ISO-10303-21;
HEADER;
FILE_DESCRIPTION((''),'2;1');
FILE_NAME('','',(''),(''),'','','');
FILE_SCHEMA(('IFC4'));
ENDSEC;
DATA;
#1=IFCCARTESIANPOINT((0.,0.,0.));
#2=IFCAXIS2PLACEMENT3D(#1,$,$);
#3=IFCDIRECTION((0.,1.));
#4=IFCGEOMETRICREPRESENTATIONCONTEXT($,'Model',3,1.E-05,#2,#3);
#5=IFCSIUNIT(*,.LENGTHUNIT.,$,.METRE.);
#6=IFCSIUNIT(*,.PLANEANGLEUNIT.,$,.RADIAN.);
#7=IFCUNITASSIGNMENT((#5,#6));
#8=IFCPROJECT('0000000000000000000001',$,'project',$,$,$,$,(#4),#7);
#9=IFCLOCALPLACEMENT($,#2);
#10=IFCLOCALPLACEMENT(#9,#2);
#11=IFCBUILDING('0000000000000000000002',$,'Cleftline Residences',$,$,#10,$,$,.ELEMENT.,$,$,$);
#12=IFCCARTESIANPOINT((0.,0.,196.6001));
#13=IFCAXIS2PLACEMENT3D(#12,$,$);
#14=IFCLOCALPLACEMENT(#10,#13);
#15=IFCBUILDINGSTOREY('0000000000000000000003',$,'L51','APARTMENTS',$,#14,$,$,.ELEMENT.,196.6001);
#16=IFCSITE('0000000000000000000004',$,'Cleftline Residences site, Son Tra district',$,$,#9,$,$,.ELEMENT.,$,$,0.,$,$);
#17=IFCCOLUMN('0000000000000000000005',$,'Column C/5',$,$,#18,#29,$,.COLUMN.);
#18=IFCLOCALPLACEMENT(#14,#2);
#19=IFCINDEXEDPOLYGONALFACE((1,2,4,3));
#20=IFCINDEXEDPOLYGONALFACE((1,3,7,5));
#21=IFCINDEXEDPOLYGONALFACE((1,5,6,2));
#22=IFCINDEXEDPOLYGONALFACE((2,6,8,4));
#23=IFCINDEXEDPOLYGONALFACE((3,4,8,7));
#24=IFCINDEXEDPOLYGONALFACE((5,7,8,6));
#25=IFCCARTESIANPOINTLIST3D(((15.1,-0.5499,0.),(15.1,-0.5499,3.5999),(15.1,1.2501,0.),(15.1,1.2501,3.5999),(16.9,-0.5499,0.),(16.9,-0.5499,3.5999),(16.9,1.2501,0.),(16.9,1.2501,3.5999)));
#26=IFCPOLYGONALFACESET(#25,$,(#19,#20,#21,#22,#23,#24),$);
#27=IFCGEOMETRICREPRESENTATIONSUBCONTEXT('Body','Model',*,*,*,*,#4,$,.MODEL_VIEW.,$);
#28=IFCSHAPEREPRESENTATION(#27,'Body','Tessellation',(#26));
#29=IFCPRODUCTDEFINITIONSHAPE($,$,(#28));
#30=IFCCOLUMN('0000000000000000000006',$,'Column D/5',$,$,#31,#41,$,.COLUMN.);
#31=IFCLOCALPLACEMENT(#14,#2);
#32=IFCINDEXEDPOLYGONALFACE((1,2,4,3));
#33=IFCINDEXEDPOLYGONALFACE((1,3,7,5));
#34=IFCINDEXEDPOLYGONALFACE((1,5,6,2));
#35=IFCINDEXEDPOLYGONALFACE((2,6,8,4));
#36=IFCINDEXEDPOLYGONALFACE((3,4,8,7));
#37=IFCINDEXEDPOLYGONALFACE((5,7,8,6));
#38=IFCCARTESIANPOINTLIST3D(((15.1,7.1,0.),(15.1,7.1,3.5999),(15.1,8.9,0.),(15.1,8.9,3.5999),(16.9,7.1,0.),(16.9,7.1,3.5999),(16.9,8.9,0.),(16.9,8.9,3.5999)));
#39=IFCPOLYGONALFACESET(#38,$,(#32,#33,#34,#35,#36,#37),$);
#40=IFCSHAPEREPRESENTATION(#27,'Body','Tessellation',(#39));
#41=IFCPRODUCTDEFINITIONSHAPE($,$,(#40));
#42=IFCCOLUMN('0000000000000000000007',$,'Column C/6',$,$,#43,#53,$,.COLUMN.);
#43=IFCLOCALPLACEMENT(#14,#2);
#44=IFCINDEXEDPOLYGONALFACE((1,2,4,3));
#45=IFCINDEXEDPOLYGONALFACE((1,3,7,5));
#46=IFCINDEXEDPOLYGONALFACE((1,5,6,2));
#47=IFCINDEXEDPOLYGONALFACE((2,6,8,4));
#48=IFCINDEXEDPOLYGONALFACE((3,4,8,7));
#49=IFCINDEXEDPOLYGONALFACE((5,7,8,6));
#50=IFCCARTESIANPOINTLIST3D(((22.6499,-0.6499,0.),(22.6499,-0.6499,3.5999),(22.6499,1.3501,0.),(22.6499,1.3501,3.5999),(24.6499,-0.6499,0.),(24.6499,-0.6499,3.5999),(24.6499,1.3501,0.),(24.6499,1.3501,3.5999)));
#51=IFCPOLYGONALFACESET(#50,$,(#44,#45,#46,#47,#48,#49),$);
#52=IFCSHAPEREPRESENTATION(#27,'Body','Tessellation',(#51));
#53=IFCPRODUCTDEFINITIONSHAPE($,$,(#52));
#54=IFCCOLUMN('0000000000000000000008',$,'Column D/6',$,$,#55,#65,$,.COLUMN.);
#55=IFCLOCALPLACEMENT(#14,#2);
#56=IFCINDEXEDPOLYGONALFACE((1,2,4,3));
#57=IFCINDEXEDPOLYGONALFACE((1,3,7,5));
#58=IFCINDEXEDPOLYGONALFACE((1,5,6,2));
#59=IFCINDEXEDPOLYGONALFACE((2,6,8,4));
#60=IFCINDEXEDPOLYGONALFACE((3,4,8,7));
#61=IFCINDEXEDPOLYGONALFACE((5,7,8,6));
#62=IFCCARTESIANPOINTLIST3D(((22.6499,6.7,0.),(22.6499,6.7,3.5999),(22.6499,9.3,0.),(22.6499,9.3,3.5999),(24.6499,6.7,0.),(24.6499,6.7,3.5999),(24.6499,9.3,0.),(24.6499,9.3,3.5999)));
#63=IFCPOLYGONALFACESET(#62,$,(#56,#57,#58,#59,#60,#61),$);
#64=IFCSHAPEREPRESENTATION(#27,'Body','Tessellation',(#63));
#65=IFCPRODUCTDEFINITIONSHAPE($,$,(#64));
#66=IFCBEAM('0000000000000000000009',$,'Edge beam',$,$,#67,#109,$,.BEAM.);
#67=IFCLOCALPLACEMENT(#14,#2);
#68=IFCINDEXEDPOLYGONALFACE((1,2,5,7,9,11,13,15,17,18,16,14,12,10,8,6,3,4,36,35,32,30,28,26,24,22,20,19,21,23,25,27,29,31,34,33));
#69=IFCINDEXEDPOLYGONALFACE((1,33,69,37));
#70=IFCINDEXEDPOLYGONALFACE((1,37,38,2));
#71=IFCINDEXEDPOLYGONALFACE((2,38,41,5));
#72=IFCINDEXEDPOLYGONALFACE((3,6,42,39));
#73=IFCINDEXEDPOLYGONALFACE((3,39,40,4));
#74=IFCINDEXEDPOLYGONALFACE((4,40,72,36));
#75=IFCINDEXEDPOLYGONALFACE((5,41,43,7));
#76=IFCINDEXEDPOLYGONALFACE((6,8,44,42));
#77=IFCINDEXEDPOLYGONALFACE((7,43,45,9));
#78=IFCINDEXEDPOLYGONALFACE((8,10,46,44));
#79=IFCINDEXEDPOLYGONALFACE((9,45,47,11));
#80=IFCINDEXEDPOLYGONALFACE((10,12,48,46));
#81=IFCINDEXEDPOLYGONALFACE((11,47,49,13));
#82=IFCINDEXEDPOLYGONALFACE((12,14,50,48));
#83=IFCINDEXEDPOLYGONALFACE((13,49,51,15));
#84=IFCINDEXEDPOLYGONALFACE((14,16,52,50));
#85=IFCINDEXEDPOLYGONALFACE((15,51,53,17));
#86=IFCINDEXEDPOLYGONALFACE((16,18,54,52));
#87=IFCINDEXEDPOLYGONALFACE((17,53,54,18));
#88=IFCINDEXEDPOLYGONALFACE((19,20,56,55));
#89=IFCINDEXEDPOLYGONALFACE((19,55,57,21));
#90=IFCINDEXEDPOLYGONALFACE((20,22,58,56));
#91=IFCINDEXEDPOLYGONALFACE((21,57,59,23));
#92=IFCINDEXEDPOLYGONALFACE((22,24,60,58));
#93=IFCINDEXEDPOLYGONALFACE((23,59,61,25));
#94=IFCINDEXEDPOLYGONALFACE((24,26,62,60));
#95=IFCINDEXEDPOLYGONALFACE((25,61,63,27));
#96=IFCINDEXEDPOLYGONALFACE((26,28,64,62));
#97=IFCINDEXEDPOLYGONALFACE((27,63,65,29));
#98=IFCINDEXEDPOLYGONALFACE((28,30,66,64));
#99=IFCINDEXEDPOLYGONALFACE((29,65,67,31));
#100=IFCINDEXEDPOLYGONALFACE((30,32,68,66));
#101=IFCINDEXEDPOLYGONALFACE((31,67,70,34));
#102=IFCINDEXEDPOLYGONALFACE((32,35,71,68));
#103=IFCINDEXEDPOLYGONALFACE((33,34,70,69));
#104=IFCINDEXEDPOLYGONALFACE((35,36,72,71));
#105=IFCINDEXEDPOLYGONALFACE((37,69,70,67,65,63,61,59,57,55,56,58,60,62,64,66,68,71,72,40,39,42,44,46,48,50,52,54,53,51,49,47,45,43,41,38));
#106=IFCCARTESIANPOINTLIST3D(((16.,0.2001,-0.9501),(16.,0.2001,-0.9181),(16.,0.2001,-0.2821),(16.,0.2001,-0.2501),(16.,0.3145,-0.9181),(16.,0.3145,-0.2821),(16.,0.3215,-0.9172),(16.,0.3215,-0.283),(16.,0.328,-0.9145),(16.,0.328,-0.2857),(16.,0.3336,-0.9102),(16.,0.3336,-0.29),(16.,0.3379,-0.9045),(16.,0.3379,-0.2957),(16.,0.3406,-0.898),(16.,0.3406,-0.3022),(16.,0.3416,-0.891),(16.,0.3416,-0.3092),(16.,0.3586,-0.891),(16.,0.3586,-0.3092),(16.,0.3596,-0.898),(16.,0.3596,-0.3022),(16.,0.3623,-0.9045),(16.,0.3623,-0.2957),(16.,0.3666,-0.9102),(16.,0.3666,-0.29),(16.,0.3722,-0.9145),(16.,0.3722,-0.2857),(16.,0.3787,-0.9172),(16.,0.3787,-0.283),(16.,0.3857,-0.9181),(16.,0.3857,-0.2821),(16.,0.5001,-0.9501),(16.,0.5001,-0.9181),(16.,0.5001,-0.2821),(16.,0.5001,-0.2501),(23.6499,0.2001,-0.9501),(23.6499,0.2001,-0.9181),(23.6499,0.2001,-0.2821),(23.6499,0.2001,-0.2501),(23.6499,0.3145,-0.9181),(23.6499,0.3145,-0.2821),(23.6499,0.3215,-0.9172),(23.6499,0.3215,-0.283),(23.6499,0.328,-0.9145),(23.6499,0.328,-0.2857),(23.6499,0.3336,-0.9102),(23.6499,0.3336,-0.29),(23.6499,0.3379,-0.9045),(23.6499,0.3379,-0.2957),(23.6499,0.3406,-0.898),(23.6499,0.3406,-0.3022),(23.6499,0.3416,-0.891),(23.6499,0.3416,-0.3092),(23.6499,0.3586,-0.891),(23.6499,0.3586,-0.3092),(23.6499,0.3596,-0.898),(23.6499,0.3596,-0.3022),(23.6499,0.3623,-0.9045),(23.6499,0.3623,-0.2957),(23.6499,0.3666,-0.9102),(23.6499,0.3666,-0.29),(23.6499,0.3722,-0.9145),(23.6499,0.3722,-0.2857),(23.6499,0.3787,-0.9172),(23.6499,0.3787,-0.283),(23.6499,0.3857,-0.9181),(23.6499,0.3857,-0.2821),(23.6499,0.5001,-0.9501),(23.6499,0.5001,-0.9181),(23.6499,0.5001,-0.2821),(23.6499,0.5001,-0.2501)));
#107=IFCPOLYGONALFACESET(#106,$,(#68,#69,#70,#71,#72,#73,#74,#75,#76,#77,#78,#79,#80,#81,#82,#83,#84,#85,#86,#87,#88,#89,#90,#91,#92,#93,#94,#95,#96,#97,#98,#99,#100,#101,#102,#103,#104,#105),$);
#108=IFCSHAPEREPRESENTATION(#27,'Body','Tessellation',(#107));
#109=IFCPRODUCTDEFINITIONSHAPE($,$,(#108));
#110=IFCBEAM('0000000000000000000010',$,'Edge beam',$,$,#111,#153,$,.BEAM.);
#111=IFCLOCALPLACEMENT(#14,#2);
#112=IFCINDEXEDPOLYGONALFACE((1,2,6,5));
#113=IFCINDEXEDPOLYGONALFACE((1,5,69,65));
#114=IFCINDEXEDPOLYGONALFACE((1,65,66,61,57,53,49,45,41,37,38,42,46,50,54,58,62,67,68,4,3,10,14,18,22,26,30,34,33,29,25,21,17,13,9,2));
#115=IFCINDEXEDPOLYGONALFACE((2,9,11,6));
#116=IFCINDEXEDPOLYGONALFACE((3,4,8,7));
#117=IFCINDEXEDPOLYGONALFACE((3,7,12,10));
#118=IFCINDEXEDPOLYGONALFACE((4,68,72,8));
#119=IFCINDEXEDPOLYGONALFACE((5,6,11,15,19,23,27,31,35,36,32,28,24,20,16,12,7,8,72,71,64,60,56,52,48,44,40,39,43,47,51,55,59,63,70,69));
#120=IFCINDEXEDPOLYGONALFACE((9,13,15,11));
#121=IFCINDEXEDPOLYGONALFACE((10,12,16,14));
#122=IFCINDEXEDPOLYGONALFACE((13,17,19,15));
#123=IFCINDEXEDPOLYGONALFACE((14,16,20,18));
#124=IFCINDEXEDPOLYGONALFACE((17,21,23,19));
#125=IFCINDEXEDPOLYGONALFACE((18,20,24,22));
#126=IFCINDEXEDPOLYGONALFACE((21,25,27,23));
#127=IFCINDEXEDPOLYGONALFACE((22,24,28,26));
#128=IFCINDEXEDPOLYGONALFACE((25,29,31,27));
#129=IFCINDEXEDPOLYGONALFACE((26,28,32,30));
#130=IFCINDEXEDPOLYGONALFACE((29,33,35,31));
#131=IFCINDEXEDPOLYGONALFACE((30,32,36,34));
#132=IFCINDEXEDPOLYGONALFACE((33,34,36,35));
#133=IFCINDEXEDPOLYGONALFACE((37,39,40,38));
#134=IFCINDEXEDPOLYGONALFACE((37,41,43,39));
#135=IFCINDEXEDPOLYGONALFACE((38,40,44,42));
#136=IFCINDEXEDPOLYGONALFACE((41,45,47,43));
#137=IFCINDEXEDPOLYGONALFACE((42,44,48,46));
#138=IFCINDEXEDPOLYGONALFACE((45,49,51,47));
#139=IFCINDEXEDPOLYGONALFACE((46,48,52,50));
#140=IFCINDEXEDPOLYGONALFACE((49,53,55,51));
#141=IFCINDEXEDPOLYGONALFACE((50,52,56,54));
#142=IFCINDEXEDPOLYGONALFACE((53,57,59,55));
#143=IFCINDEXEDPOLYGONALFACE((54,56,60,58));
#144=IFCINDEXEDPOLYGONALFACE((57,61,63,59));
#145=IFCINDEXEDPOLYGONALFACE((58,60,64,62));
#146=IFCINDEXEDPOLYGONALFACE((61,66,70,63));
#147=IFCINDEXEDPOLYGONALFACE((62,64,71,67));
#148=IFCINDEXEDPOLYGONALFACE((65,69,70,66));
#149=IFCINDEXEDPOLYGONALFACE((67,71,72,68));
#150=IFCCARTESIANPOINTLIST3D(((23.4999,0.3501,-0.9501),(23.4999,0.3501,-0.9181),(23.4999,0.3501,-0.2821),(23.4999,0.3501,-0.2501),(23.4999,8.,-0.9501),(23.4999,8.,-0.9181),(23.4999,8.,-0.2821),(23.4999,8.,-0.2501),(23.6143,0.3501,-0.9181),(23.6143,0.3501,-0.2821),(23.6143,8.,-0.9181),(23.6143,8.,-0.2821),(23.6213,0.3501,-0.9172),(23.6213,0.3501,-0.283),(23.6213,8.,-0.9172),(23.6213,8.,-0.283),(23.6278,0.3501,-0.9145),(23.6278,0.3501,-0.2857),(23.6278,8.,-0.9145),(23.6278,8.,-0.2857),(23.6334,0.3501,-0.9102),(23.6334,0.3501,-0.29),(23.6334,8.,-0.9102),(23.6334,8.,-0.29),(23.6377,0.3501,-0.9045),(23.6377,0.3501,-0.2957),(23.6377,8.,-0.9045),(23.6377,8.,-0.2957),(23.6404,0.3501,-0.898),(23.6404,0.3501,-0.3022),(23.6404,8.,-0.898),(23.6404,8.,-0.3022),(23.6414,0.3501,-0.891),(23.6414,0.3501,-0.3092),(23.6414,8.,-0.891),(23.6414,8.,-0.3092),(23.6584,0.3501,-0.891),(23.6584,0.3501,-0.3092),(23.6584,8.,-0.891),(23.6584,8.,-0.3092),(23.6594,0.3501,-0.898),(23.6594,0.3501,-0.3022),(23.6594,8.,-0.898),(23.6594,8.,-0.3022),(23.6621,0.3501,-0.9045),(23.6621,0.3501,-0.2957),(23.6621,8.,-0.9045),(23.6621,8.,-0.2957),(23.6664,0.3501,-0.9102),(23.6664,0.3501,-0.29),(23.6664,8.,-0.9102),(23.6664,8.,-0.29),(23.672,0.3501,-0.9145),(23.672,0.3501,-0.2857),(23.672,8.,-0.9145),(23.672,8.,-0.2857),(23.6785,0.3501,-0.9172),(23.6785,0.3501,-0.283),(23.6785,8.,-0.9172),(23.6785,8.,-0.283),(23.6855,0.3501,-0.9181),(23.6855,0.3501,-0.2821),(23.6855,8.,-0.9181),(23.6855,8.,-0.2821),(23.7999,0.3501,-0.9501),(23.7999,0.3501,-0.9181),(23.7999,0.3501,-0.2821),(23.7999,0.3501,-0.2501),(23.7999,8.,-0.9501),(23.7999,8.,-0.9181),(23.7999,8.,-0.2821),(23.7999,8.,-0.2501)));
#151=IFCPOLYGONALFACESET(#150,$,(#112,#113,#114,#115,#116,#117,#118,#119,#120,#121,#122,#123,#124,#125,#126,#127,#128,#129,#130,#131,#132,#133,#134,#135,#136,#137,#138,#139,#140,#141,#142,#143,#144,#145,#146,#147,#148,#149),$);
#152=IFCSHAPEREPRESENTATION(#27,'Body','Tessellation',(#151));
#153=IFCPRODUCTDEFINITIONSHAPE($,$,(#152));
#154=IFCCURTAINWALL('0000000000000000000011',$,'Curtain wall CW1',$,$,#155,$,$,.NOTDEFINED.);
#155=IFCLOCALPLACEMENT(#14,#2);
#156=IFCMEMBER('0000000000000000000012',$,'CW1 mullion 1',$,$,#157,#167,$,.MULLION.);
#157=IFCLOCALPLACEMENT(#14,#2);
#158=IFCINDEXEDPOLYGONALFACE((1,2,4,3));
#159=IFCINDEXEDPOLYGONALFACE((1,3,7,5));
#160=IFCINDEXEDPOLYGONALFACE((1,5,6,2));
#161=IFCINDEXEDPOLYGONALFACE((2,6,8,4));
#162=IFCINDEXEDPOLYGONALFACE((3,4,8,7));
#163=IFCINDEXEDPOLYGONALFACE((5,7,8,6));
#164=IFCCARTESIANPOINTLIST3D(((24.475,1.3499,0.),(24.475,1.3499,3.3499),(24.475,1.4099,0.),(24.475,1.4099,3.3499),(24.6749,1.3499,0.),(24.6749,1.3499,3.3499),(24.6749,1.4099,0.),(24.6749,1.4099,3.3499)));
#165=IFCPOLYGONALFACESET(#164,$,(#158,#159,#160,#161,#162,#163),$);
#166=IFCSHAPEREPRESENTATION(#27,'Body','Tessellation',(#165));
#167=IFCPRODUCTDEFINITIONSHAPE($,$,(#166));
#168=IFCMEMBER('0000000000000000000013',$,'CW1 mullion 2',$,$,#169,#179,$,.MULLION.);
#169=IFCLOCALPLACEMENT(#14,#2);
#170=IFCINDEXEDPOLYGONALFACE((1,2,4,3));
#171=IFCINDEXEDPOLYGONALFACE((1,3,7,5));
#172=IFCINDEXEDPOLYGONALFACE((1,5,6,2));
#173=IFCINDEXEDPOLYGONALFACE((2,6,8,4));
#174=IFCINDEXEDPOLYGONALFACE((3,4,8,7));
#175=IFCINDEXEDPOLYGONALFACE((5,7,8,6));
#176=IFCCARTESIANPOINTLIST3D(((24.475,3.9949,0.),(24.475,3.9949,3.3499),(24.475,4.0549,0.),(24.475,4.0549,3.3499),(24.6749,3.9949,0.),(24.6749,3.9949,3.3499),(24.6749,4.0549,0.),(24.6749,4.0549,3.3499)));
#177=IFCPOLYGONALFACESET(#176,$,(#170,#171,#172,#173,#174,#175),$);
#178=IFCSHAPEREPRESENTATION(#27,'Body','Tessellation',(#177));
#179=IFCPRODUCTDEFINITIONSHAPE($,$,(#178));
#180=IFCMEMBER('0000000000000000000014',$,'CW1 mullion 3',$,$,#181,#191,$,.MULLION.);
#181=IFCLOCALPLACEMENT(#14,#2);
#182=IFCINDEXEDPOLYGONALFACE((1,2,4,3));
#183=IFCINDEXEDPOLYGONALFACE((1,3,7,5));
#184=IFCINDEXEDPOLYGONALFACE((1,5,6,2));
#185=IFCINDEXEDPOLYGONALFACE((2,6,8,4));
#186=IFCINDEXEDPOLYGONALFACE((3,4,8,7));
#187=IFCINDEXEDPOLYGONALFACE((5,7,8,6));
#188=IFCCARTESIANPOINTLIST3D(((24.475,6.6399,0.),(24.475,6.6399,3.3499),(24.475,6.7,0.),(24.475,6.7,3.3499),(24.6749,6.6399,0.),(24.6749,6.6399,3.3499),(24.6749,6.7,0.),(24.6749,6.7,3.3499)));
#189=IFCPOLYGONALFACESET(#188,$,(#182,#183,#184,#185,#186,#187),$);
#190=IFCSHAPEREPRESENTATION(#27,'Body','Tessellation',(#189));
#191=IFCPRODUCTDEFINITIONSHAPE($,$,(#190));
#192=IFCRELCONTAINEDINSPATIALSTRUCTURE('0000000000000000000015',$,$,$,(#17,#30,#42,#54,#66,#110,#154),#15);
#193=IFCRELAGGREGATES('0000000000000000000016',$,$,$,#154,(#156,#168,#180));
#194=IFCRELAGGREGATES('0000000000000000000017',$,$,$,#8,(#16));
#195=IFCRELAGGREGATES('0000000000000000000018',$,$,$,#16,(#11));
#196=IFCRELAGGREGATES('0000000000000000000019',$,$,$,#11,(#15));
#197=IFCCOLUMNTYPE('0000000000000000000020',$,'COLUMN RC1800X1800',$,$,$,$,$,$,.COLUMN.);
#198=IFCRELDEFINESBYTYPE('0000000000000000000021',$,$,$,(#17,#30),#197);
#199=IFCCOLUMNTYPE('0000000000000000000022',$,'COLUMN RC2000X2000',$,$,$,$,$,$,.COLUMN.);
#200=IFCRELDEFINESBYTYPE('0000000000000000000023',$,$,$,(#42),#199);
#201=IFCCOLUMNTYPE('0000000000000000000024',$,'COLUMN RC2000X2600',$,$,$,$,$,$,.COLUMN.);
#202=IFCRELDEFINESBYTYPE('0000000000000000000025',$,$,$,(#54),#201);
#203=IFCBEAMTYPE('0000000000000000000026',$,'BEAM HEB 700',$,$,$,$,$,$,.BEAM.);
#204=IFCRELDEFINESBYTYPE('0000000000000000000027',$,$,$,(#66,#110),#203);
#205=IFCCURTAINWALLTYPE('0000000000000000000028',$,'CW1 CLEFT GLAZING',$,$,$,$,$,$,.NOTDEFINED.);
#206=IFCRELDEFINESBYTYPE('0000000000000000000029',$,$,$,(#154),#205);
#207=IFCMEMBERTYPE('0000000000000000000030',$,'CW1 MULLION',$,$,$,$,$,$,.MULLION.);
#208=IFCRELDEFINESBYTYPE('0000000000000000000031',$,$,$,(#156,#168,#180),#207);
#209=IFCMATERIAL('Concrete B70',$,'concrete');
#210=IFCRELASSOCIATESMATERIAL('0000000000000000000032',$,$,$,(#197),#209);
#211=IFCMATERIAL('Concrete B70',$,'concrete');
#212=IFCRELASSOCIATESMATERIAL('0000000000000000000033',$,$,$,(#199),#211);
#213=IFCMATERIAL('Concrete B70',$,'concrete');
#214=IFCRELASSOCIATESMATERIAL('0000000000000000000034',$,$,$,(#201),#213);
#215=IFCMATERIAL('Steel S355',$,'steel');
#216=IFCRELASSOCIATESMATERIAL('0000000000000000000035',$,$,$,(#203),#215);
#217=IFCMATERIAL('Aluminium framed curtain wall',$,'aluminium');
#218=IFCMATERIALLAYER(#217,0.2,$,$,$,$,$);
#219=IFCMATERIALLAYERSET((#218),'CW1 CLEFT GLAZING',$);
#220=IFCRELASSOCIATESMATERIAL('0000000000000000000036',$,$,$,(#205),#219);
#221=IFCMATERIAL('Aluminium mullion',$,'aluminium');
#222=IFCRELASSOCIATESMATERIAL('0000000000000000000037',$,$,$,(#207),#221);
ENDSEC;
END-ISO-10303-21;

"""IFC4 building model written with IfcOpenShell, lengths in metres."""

from ifc_helpers import new_model, si_unit, direction, frame, origin, origin_2d, place, context, subcontext, project, spatial, rectangle, i_section, extrude, material, layer, layer_set, material_profile, profile_set, type_object, element, aggregate, save


model = new_model("IFC4")

# Units and contexts
model_context = context("Model", 3, precision=1e-05, world=origin(), true_north=direction((0.0, 1.0)))
body_context = subcontext(model_context, "Body", "Model", "MODEL_VIEW")
ifc_project = project(units=[si_unit("LENGTHUNIT", "METRE"), si_unit("PLANEANGLEUNIT", "RADIAN")], contexts=[model_context])

# Site, building, storey
site_placement = place(None, origin())
site = spatial("IfcSite", under=ifc_project, at=site_placement, Name="Cleftline Residences site, Son Tra district", CompositionType="ELEMENT", RefElevation=0.0)
building_placement = place(site_placement, origin())
building = spatial("IfcBuilding", under=site, at=building_placement, Name="Cleftline Residences", CompositionType="ELEMENT")
storey_placement = place(building_placement, frame((0.0, 0.0, 196.6001)))
storey = spatial("IfcBuildingStorey", under=building, at=storey_placement, Name="L51", Description="APARTMENTS", CompositionType="ELEMENT", Elevation=196.6001)

# Columns
ifc_material_1 = material(Name="Concrete B70", Category="concrete")
ifc_material_profile_1 = material_profile(ifc_material_1, rectangle(XDim=1.8, YDim=1.8, at=origin_2d()))
ifc_profile_set_1 = profile_set([ifc_material_profile_1], Name="Concrete B70")
column_type_1 = type_object("IfcColumnType", Name="COLUMN RC1800X1800", PredefinedType="COLUMN", material=ifc_profile_set_1)
for number, where, z_axis, x_axis, name in (
    (1, (16.0, 0.3501, 0.0), (0.0, 0.0, 1.0), (1.0, 0.0, 0.0), "Column C/5"),
    (2, (16.0, 8.0, 0.0), (0.0, 0.0, 1.0), (1.0, 0.0, 0.0), "Column D/5"),
):
    element("IfcColumn", number, at=place(storey_placement, frame(where, z_axis=z_axis, x_axis=x_axis)), inside=storey, type_object=column_type_1, Name=name, PredefinedType="COLUMN", context=body_context, shape_type="SweptSolid", body=[
        extrude(rectangle(XDim=1.8, YDim=1.8, at=origin_2d()), origin(), (0.0, 0.0, 1.0), 3.5999),
    ])
ifc_material_2 = material(Name="Concrete B70", Category="concrete")
ifc_material_profile_2 = material_profile(ifc_material_2, rectangle(XDim=2.0, YDim=2.0, at=origin_2d()))
ifc_profile_set_2 = profile_set([ifc_material_profile_2], Name="Concrete B70")
column_type_2 = type_object("IfcColumnType", Name="COLUMN RC2000X2000", PredefinedType="COLUMN", material=ifc_profile_set_2)
column_1_placement = place(storey_placement, frame((23.6499, 0.3501, 0.0), z_axis=(0.0, 0.0, 1.0), x_axis=(1.0, 0.0, 0.0)))
element("IfcColumn", 3, at=column_1_placement, inside=storey, type_object=column_type_2, Name="Column C/6", PredefinedType="COLUMN", context=body_context, shape_type="SweptSolid", body=[
    extrude(rectangle(XDim=2.0, YDim=2.0, at=origin_2d()), origin(), (0.0, 0.0, 1.0), 3.5999),
])
ifc_material_3 = material(Name="Concrete B70", Category="concrete")
ifc_material_profile_3 = material_profile(ifc_material_3, rectangle(XDim=2.0, YDim=2.6001, at=origin_2d()))
ifc_profile_set_3 = profile_set([ifc_material_profile_3], Name="Concrete B70")
column_type_3 = type_object("IfcColumnType", Name="COLUMN RC2000X2600", PredefinedType="COLUMN", material=ifc_profile_set_3)
column_2_placement = place(storey_placement, frame((23.6499, 8.0, 0.0), z_axis=(0.0, 0.0, 1.0), x_axis=(1.0, 0.0, 0.0)))
element("IfcColumn", 4, at=column_2_placement, inside=storey, type_object=column_type_3, Name="Column D/6", PredefinedType="COLUMN", context=body_context, shape_type="SweptSolid", body=[
    extrude(rectangle(XDim=2.0, YDim=2.6001, at=origin_2d()), origin(), (0.0, 0.0, 1.0), 3.5999),
])

# Beams
ifc_material_4 = material(Name="Steel S355", Category="steel")
ifc_material_profile_4 = material_profile(ifc_material_4, i_section(OverallWidth=0.3, OverallDepth=0.7, WebThickness=0.0171, FlangeThickness=0.032, FilletRadius=0.0271, at=origin_2d()))
ifc_profile_set_4 = profile_set([ifc_material_profile_4], Name="Steel S355")
beam_type = type_object("IfcBeamType", Name="BEAM HEB 700", PredefinedType="BEAM", material=ifc_profile_set_4)
for number, where, z_axis, x_axis, name in (
    (5, (16.0, 0.3501, -0.6001), (1.0, 0.0, 0.0), (0.0, 1.0, 0.0), "Edge beam"),
    (6, (23.6499, 0.3501, -0.6001), (0.0, 1.0, 0.0), (-1.0, 0.0, 0.0), "Edge beam"),
):
    element("IfcBeam", number, at=place(storey_placement, frame(where, z_axis=z_axis, x_axis=x_axis)), inside=storey, type_object=beam_type, Name=name, PredefinedType="BEAM", context=body_context, shape_type="SweptSolid", body=[
        extrude(i_section(OverallWidth=0.3, OverallDepth=0.7, WebThickness=0.0171, FlangeThickness=0.032, FilletRadius=0.0271, at=origin_2d()), origin(), (0.0, 0.0, 1.0), 7.6499),
    ])

# Curtain wall, members
ifc_material_5 = material(Name="Aluminium framed curtain wall", Category="aluminium")
ifc_layer_1 = layer(ifc_material_5, 0.2)
ifc_layer_set_1 = layer_set([ifc_layer_1], Name="CW1 CLEFT GLAZING")
curtain_wall_type = type_object("IfcCurtainWallType", Name="CW1 CLEFT GLAZING", PredefinedType="NOTDEFINED", material=ifc_layer_set_1)
curtain_wall_1_placement = place(storey_placement, origin())
curtain_wall_1 = element("IfcCurtainWall", 7, at=curtain_wall_1_placement, inside=storey, type_object=curtain_wall_type, Name="Curtain wall CW1", PredefinedType="NOTDEFINED")
ifc_material_6 = material(Name="Aluminium mullion", Category="aluminium")
ifc_material_profile_5 = material_profile(ifc_material_6, rectangle(XDim=0.2, YDim=0.0601, at=origin_2d()))
ifc_profile_set_5 = profile_set([ifc_material_profile_5], Name="Aluminium mullion")
member_type_1 = type_object("IfcMemberType", Name="CW1 MULLION", PredefinedType="MULLION", material=ifc_profile_set_5)
member_1_placement = place(storey_placement, frame((24.575, 1.3799, 0.0), z_axis=(0.0, 0.0, 1.0), x_axis=(-1.0, 0.0, 0.0)))
member_1 = element("IfcMember", 8, at=member_1_placement, type_object=member_type_1, Name="CW1 mullion 1", PredefinedType="MULLION", context=body_context, shape_type="SweptSolid", body=[
    extrude(rectangle(XDim=0.2, YDim=0.0601, at=origin_2d()), origin(), (0.0, 0.0, 1.0), 3.3499),
])
member_2_placement = place(storey_placement, frame((24.575, 4.0249, 0.0), z_axis=(0.0, 0.0, 1.0), x_axis=(-1.0, 0.0, 0.0)))
member_2 = element("IfcMember", 9, at=member_2_placement, type_object=member_type_1, Name="CW1 mullion 2", PredefinedType="MULLION", context=body_context, shape_type="SweptSolid", body=[
    extrude(rectangle(XDim=0.2, YDim=0.0601, at=origin_2d()), origin(), (0.0, 0.0, 1.0), 3.3499),
])
member_3_placement = place(storey_placement, frame((24.575, 6.6699, 0.0), z_axis=(0.0, 0.0, 1.0), x_axis=(-1.0, 0.0, 0.0)))
member_3 = element("IfcMember", 10, at=member_3_placement, type_object=member_type_1, Name="CW1 mullion 3", PredefinedType="MULLION", context=body_context, shape_type="SweptSolid", body=[
    extrude(rectangle(XDim=0.2, YDim=0.0601, at=origin_2d()), origin(), (0.0, 0.0, 1.0), 3.3499),
])

aggregate(curtain_wall_1, [member_1, member_2, member_3])

save(model, "model.ifc")
